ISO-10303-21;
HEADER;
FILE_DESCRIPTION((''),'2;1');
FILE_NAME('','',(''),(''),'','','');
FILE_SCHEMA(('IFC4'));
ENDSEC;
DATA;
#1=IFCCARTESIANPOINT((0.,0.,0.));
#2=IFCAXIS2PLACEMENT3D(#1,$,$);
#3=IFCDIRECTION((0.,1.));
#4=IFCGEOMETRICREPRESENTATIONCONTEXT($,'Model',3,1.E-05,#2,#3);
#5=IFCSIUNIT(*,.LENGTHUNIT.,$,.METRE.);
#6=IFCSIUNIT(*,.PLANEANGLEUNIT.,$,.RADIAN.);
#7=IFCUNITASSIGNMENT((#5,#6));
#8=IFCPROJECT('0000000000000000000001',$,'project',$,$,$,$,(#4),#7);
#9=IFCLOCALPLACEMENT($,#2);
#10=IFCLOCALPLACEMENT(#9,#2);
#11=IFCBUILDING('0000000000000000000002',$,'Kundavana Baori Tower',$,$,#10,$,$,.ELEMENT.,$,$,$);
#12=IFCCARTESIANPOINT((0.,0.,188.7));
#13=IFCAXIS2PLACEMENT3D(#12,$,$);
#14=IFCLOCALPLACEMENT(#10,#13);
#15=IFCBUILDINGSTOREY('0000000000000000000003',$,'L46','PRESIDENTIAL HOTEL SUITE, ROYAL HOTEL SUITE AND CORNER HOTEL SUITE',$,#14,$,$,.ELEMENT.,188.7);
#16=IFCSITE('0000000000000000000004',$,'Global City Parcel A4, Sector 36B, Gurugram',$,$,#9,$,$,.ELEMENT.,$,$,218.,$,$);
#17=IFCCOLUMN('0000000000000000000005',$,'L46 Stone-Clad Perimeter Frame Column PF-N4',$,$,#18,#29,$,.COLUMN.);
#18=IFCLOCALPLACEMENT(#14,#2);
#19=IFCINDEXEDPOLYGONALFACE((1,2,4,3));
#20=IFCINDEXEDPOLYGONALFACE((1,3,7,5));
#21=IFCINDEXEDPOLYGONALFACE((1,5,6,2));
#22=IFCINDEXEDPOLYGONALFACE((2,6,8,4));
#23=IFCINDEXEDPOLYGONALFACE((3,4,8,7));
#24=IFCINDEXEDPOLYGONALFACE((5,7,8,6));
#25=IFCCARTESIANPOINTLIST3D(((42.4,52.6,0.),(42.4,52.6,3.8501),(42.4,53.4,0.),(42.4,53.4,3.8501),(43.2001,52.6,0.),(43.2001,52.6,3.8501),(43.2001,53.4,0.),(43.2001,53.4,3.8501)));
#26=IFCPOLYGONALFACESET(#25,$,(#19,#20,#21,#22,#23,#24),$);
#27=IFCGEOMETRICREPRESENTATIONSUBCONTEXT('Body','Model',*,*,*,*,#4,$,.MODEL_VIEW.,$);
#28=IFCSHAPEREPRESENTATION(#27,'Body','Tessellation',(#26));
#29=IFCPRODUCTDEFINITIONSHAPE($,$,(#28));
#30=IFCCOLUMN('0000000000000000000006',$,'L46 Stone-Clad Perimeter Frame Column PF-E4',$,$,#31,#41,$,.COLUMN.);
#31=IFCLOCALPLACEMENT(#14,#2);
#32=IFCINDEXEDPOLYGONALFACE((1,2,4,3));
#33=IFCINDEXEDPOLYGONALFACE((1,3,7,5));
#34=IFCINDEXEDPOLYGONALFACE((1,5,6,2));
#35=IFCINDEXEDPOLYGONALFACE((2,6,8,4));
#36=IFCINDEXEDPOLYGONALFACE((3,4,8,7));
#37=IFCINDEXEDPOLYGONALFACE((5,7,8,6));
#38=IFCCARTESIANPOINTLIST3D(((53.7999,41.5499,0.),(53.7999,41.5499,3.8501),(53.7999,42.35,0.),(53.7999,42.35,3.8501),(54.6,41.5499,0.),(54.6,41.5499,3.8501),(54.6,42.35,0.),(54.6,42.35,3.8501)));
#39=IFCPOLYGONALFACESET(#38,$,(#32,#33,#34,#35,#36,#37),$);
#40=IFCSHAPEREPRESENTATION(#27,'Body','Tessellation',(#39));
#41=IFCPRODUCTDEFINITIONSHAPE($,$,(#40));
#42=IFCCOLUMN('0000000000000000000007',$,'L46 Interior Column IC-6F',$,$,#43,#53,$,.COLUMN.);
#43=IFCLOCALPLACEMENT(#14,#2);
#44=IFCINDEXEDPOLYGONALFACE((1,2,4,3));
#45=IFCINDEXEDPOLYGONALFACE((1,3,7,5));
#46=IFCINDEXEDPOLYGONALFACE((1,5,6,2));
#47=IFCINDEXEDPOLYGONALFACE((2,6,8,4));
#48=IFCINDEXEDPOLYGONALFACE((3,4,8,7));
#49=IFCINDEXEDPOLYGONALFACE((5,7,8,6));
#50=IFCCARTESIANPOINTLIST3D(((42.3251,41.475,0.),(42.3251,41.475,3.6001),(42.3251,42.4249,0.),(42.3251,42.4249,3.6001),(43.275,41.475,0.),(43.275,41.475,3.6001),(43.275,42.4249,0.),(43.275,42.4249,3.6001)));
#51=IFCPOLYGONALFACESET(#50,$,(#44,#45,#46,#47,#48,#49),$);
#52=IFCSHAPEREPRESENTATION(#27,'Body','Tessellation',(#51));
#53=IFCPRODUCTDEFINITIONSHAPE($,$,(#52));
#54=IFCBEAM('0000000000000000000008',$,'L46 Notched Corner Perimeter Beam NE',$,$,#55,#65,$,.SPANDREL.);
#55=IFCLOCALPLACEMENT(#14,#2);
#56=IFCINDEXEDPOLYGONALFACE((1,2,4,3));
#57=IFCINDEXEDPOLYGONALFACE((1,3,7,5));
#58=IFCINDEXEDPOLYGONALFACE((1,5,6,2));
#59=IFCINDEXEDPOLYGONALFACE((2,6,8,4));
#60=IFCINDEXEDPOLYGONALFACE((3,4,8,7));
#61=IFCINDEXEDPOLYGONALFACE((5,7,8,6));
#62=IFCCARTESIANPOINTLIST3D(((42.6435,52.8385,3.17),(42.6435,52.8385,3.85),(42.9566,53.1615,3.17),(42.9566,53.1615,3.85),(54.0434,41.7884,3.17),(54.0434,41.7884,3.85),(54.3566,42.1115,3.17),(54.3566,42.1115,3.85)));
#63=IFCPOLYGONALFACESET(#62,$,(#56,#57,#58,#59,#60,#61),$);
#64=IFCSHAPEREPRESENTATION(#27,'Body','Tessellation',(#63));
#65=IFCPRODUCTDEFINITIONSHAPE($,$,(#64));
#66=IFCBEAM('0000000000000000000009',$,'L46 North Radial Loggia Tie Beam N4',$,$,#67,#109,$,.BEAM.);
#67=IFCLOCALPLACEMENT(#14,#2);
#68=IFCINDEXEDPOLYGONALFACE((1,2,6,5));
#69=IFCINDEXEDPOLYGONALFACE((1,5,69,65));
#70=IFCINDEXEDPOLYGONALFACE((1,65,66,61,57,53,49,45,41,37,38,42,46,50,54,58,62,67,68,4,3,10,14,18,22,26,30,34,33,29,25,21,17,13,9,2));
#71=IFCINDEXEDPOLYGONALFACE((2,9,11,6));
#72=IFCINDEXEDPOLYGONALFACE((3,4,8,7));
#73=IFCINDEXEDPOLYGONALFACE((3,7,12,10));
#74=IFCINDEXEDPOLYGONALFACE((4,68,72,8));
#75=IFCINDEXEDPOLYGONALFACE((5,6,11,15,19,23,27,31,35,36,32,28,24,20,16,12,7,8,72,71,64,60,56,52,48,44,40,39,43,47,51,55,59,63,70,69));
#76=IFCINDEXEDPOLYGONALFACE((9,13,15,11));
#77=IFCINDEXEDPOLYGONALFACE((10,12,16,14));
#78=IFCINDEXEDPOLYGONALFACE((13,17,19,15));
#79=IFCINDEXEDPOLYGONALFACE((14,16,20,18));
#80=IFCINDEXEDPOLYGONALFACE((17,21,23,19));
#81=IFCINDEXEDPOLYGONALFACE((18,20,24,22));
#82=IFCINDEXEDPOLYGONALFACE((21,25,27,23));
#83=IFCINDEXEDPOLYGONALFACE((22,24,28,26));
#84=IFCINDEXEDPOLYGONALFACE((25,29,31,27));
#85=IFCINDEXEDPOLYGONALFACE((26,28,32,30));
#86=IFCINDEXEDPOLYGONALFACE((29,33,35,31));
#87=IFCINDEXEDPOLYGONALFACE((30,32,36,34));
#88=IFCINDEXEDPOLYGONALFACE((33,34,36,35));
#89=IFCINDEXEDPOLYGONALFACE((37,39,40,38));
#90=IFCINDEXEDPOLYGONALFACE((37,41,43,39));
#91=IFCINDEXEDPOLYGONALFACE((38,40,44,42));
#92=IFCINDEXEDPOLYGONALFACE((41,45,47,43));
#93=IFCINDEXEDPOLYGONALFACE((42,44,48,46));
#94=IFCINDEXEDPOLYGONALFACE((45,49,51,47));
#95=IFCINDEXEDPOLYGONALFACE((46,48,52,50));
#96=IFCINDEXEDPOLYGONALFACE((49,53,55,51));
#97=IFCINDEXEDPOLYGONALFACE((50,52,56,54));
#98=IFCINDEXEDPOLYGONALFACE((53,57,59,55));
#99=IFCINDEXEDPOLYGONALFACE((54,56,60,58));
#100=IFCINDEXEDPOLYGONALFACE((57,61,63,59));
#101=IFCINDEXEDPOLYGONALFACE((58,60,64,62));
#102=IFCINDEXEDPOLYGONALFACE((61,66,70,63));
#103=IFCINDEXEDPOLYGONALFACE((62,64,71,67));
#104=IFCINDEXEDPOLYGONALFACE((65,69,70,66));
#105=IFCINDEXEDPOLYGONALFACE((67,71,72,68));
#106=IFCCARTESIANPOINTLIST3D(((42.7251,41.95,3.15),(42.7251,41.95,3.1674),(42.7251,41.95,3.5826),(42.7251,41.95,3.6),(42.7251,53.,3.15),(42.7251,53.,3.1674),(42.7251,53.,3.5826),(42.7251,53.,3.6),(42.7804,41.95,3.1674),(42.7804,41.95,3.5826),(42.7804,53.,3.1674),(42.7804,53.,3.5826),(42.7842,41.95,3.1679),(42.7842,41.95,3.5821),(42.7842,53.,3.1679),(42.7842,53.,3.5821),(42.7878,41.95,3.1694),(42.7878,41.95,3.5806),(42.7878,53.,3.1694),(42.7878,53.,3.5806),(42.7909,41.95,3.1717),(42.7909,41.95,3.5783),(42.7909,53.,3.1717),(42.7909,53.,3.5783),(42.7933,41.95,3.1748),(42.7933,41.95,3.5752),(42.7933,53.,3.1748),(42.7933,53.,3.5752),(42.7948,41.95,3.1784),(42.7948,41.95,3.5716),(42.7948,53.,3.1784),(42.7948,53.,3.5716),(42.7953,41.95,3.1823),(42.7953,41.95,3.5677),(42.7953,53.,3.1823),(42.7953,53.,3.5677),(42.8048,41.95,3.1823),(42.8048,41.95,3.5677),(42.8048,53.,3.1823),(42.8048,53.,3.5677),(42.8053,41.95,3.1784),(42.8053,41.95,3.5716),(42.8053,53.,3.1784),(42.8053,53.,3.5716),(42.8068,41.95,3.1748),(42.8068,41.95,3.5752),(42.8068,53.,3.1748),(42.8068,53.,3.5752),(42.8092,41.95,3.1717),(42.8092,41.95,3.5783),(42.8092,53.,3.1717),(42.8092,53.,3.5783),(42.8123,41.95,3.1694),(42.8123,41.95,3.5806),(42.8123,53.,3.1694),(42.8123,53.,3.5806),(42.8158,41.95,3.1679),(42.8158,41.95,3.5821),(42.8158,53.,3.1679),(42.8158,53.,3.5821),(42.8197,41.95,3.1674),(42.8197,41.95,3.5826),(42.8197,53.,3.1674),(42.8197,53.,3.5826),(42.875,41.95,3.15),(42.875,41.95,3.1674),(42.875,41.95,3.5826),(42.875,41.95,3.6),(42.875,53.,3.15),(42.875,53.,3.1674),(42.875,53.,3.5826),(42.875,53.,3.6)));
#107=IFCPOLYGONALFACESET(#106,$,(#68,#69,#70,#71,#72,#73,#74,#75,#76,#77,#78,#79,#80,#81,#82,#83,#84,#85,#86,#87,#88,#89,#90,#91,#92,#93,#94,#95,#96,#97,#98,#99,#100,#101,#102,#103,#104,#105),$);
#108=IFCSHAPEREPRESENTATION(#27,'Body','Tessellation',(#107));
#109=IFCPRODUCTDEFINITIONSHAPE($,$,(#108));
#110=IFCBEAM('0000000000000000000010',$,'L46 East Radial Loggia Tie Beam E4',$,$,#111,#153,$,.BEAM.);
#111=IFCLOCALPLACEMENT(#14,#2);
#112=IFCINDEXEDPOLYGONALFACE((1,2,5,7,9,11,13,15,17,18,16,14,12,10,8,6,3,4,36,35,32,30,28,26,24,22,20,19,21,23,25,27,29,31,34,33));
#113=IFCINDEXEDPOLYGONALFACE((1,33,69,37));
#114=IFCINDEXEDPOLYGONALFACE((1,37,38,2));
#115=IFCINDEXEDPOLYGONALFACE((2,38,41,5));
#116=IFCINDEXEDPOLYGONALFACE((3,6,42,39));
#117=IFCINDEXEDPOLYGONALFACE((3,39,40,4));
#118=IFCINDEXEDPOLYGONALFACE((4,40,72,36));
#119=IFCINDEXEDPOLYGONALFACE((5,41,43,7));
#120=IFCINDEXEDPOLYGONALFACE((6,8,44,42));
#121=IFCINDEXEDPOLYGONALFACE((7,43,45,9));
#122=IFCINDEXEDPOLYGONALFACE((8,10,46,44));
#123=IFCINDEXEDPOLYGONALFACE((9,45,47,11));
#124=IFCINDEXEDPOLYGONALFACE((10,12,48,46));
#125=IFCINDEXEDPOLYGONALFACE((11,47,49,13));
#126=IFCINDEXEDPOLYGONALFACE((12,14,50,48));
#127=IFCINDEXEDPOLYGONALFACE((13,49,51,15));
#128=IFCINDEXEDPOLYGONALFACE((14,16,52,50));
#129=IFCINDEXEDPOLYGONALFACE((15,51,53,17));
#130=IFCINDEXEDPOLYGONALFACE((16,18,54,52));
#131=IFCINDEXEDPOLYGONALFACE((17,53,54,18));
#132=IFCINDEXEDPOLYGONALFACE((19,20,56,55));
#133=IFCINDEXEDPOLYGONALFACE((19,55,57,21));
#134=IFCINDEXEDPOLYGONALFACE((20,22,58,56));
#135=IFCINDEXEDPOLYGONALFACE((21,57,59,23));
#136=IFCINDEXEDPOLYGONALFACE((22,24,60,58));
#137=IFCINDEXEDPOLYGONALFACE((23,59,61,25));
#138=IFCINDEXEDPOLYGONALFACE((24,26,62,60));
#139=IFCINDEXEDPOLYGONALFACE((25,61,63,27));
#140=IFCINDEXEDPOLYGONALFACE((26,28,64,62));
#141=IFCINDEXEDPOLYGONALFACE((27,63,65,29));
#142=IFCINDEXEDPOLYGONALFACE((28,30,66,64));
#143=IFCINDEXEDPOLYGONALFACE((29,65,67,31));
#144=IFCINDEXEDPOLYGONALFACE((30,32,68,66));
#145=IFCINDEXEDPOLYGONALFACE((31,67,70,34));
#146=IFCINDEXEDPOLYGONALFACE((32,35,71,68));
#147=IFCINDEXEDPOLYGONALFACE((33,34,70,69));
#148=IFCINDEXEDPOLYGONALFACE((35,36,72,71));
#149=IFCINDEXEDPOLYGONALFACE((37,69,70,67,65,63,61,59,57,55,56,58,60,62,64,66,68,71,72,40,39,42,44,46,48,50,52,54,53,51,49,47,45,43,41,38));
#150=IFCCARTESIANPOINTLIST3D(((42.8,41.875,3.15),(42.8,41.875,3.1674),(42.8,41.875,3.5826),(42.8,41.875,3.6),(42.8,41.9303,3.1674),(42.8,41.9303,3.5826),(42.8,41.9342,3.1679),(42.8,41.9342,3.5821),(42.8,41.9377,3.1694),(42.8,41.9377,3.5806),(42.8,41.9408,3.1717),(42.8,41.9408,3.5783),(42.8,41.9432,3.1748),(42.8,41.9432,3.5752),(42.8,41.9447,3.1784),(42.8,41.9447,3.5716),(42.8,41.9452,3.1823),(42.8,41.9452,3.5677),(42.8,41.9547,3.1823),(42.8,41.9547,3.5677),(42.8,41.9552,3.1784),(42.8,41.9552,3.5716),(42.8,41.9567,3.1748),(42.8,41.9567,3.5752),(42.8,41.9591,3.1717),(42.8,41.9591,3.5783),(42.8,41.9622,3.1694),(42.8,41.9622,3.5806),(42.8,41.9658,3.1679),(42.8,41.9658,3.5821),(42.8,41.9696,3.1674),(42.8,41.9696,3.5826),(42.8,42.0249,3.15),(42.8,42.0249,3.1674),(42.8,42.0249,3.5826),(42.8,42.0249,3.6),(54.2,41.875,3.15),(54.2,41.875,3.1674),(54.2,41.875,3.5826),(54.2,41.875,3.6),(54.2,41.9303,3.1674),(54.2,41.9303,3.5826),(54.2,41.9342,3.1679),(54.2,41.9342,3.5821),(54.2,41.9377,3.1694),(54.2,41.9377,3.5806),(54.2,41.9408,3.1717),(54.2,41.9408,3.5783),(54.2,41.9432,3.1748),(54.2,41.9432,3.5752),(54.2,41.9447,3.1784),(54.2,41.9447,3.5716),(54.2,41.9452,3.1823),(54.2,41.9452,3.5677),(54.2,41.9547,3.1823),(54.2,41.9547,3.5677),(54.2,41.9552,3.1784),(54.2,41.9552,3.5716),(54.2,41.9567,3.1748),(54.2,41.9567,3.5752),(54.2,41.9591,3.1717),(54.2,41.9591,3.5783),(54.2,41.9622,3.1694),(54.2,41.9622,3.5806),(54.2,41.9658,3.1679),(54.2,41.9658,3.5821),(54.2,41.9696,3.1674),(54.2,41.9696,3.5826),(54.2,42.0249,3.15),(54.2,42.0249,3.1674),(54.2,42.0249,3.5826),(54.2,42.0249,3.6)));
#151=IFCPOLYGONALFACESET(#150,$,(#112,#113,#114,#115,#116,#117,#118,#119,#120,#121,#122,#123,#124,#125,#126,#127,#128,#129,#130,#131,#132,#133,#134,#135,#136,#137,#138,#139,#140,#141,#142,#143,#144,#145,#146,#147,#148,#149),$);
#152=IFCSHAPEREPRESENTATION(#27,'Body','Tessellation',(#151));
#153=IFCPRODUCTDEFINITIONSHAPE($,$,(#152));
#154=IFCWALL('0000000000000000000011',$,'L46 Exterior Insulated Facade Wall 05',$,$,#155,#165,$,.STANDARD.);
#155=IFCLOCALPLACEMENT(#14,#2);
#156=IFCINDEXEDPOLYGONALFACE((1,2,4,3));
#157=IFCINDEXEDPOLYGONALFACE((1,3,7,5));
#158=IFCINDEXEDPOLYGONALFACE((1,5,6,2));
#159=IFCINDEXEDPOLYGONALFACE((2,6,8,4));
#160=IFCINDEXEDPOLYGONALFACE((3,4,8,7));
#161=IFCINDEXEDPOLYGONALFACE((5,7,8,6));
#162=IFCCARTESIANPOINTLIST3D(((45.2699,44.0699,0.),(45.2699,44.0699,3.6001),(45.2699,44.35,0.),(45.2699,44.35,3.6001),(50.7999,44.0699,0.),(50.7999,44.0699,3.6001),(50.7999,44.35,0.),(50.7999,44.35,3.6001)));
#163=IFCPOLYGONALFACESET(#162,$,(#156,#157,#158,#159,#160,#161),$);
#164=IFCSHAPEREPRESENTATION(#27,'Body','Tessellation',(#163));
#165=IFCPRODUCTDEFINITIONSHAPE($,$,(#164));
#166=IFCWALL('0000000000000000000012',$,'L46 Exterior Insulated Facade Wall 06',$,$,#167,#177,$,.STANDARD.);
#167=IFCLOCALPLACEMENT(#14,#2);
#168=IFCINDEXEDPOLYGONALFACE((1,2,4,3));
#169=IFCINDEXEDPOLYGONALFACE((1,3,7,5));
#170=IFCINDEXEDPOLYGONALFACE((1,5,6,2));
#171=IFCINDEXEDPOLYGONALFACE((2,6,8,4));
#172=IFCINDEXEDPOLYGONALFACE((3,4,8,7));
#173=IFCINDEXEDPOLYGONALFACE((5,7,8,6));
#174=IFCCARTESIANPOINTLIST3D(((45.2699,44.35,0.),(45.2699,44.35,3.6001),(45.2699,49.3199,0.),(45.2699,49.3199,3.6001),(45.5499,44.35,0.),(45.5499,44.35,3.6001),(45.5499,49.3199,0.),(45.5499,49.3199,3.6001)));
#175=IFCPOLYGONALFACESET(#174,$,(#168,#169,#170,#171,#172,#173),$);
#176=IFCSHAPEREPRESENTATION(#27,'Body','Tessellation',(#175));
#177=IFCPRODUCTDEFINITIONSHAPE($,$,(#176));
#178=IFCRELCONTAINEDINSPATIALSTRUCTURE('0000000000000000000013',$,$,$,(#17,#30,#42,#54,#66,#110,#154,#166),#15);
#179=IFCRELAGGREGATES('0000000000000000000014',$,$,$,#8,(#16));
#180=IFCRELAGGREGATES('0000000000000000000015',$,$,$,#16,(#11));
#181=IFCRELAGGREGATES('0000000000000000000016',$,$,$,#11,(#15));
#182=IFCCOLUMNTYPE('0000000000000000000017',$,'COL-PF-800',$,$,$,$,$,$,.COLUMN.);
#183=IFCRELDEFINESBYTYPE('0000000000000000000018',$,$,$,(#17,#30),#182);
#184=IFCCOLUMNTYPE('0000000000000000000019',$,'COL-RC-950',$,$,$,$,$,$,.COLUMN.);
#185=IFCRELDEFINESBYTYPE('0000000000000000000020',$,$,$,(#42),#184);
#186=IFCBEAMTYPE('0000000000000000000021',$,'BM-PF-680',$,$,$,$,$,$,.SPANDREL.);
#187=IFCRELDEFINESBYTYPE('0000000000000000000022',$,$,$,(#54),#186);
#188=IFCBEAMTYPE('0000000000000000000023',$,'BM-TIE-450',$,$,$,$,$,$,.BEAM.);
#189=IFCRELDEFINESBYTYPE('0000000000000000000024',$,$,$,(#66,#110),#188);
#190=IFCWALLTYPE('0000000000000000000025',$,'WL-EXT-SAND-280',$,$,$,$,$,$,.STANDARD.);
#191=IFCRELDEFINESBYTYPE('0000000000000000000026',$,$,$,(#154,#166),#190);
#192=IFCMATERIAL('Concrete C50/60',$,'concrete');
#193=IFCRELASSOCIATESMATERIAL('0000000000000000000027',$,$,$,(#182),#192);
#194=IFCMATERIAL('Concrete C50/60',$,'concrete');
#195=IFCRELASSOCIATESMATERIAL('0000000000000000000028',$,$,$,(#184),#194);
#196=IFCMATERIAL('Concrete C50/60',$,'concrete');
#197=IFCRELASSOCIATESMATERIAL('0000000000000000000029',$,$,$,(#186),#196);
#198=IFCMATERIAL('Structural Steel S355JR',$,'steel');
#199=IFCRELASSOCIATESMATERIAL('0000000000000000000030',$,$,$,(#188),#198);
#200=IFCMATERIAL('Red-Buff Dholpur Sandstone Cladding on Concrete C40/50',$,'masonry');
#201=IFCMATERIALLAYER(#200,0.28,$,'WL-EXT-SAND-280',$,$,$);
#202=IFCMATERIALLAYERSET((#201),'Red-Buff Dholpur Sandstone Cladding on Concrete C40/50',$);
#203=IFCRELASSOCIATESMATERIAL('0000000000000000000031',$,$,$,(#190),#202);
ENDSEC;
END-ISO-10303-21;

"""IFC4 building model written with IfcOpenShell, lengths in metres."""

from ifc_helpers import new_model, si_unit, direction, frame, frame_2d, origin, origin_2d, place, context, subcontext, project, spatial, rectangle, i_section, extrude, material, layer, layer_set, material_profile, profile_set, type_object, element, save


model = new_model("IFC4")

# Units and contexts
model_context = context("Model", 3, precision=1e-05, world=origin(), true_north=direction((0.0, 1.0)))
body_context = subcontext(model_context, "Body", "Model", "MODEL_VIEW")
ifc_project = project(units=[si_unit("LENGTHUNIT", "METRE"), si_unit("PLANEANGLEUNIT", "RADIAN")], contexts=[model_context])

# Site, building, storey
site_placement = place(None, origin())
site = spatial("IfcSite", under=ifc_project, at=site_placement, Name="Global City Parcel A4, Sector 36B, Gurugram", CompositionType="ELEMENT", RefElevation=218.0)
building_placement = place(site_placement, origin())
building = spatial("IfcBuilding", under=site, at=building_placement, Name="Kundavana Baori Tower", CompositionType="ELEMENT")
storey_placement = place(building_placement, frame((0.0, 0.0, 188.7)))
storey = spatial("IfcBuildingStorey", under=building, at=storey_placement, Name="L46", Description="PRESIDENTIAL HOTEL SUITE, ROYAL HOTEL SUITE AND CORNER HOTEL SUITE", CompositionType="ELEMENT", Elevation=188.7)

# Columns
ifc_material_1 = material(Name="Concrete C50/60", Category="concrete")
ifc_material_profile_1 = material_profile(ifc_material_1, rectangle(XDim=0.8, YDim=0.8, at=origin_2d()), Name="RC PF 800x800")
ifc_profile_set_1 = profile_set([ifc_material_profile_1], Name="Concrete C50/60")
column_type_1 = type_object("IfcColumnType", Name="COL-PF-800", PredefinedType="COLUMN", material=ifc_profile_set_1)
for number, where, z_axis, x_axis, name in (
    (1, (42.8, 53.0, 0.0), (0.0, 0.0, 1.0), (1.0, 0.0, 0.0), "L46 Stone-Clad Perimeter Frame Column PF-N4"),
    (2, (54.2, 41.95, 0.0), (0.0, 0.0, 1.0), (1.0, 0.0, 0.0), "L46 Stone-Clad Perimeter Frame Column PF-E4"),
):
    element("IfcColumn", number, at=place(storey_placement, frame(where, z_axis=z_axis, x_axis=x_axis)), inside=storey, type_object=column_type_1, Name=name, PredefinedType="COLUMN", context=body_context, shape_type="SweptSolid", body=[
        extrude(rectangle(XDim=0.8, YDim=0.8, at=origin_2d()), origin(), (0.0, 0.0, 1.0), 3.8501),
    ])
ifc_material_2 = material(Name="Concrete C50/60", Category="concrete")
ifc_material_profile_2 = material_profile(ifc_material_2, rectangle(XDim=0.95, YDim=0.95, at=origin_2d()), Name="RC 950x950")
ifc_profile_set_2 = profile_set([ifc_material_profile_2], Name="Concrete C50/60")
column_type_2 = type_object("IfcColumnType", Name="COL-RC-950", PredefinedType="COLUMN", material=ifc_profile_set_2)
column_placement = place(storey_placement, frame((42.8, 41.95, 0.0), z_axis=(0.0, 0.0, 1.0), x_axis=(1.0, 0.0, 0.0)))
element("IfcColumn", 3, at=column_placement, inside=storey, type_object=column_type_2, Name="L46 Interior Column IC-6F", PredefinedType="COLUMN", context=body_context, shape_type="SweptSolid", body=[
    extrude(rectangle(XDim=0.95, YDim=0.95, at=origin_2d()), origin(), (0.0, 0.0, 1.0), 3.6001),
])

# Beams
ifc_material_3 = material(Name="Concrete C50/60", Category="concrete")
ifc_material_profile_3 = material_profile(ifc_material_3, rectangle(XDim=0.45, YDim=0.6799, at=origin_2d()), Name="RC BM 450x680")
ifc_profile_set_3 = profile_set([ifc_material_profile_3], Name="Concrete C50/60")
beam_type_1 = type_object("IfcBeamType", Name="BM-PF-680", PredefinedType="SPANDREL", material=ifc_profile_set_3)
beam_1_placement = place(storey_placement, frame((42.8, 53.0, 3.51), z_axis=(0.718039, -0.696003, 0.0), x_axis=(0.696003, 0.718039, 0.0)))
element("IfcBeam", 4, at=beam_1_placement, inside=storey, type_object=beam_type_1, Name="L46 Notched Corner Perimeter Beam NE", PredefinedType="SPANDREL", context=body_context, shape_type="SweptSolid", body=[
    extrude(rectangle(XDim=0.45, YDim=0.6799, at=origin_2d()), origin(), (0.0, 0.0, 1.0), 15.8765),
])
ifc_material_4 = material(Name="Structural Steel S355JR", Category="steel")
ifc_material_profile_4 = material_profile(ifc_material_4, i_section(OverallWidth=0.1499, OverallDepth=0.45, WebThickness=0.0095, FlangeThickness=0.0173, FilletRadius=0.0149, at=origin_2d()), Name="ISMB 450")
ifc_profile_set_4 = profile_set([ifc_material_profile_4], Name="Structural Steel S355JR")
beam_type_2 = type_object("IfcBeamType", Name="BM-TIE-450", PredefinedType="BEAM", material=ifc_profile_set_4)
beam_2_placement = place(storey_placement, frame((42.8, 41.95, 3.375), z_axis=(0.0, 1.0, 0.0), x_axis=(-1.0, 0.0, 0.0)))
element("IfcBeam", 5, at=beam_2_placement, inside=storey, type_object=beam_type_2, Name="L46 North Radial Loggia Tie Beam N4", PredefinedType="BEAM", context=body_context, shape_type="SweptSolid", body=[
    extrude(i_section(OverallWidth=0.1499, OverallDepth=0.45, WebThickness=0.0095, FlangeThickness=0.0173, FilletRadius=0.0149, at=origin_2d()), origin(), (0.0, 0.0, 1.0), 11.05),
])
beam_3_placement = place(storey_placement, frame((42.8, 41.95, 3.375), z_axis=(1.0, 0.0, 0.0), x_axis=(0.0, 1.0, 0.0)))
element("IfcBeam", 6, at=beam_3_placement, inside=storey, type_object=beam_type_2, Name="L46 East Radial Loggia Tie Beam E4", PredefinedType="BEAM", context=body_context, shape_type="SweptSolid", body=[
    extrude(i_section(OverallWidth=0.1499, OverallDepth=0.45, WebThickness=0.0095, FlangeThickness=0.0173, FilletRadius=0.0149, at=origin_2d()), origin(), (0.0, 0.0, 1.0), 11.3999),
])

# Walls
ifc_material_5 = material(Name="Red-Buff Dholpur Sandstone Cladding on Concrete C40/50", Category="masonry")
ifc_layer_1 = layer(ifc_material_5, 0.28, Name="WL-EXT-SAND-280")
ifc_layer_set_1 = layer_set([ifc_layer_1], Name="Red-Buff Dholpur Sandstone Cladding on Concrete C40/50")
wall_type_1 = type_object("IfcWallType", Name="WL-EXT-SAND-280", PredefinedType="STANDARD", material=ifc_layer_set_1)
wall_1_placement = place(storey_placement, frame((50.8, 44.21, 0.0), z_axis=(0.0, 0.0, 1.0), x_axis=(-1.0, 0.0, 0.0)))
element("IfcWall", 7, at=wall_1_placement, inside=storey, type_object=wall_type_1, Name="L46 Exterior Insulated Facade Wall 05", PredefinedType="STANDARD", context=body_context, shape_type="SweptSolid", body=[
    extrude(rectangle(XDim=5.53, YDim=0.28, at=frame_2d((2.7651, 0.0))), origin(), (0.0, 0.0, 1.0), 3.6001),
])
wall_2_placement = place(storey_placement, frame((45.4099, 44.3501, 0.0), z_axis=(0.0, 0.0, 1.0), x_axis=(0.0, 1.0, 0.0)))
element("IfcWall", 8, at=wall_2_placement, inside=storey, type_object=wall_type_1, Name="L46 Exterior Insulated Facade Wall 06", PredefinedType="STANDARD", context=body_context, shape_type="SweptSolid", body=[
    extrude(rectangle(XDim=4.97, YDim=0.28, at=frame_2d((2.4849, 0.0))), origin(), (0.0, 0.0, 1.0), 3.6001),
])

save(model, "model.ifc")
